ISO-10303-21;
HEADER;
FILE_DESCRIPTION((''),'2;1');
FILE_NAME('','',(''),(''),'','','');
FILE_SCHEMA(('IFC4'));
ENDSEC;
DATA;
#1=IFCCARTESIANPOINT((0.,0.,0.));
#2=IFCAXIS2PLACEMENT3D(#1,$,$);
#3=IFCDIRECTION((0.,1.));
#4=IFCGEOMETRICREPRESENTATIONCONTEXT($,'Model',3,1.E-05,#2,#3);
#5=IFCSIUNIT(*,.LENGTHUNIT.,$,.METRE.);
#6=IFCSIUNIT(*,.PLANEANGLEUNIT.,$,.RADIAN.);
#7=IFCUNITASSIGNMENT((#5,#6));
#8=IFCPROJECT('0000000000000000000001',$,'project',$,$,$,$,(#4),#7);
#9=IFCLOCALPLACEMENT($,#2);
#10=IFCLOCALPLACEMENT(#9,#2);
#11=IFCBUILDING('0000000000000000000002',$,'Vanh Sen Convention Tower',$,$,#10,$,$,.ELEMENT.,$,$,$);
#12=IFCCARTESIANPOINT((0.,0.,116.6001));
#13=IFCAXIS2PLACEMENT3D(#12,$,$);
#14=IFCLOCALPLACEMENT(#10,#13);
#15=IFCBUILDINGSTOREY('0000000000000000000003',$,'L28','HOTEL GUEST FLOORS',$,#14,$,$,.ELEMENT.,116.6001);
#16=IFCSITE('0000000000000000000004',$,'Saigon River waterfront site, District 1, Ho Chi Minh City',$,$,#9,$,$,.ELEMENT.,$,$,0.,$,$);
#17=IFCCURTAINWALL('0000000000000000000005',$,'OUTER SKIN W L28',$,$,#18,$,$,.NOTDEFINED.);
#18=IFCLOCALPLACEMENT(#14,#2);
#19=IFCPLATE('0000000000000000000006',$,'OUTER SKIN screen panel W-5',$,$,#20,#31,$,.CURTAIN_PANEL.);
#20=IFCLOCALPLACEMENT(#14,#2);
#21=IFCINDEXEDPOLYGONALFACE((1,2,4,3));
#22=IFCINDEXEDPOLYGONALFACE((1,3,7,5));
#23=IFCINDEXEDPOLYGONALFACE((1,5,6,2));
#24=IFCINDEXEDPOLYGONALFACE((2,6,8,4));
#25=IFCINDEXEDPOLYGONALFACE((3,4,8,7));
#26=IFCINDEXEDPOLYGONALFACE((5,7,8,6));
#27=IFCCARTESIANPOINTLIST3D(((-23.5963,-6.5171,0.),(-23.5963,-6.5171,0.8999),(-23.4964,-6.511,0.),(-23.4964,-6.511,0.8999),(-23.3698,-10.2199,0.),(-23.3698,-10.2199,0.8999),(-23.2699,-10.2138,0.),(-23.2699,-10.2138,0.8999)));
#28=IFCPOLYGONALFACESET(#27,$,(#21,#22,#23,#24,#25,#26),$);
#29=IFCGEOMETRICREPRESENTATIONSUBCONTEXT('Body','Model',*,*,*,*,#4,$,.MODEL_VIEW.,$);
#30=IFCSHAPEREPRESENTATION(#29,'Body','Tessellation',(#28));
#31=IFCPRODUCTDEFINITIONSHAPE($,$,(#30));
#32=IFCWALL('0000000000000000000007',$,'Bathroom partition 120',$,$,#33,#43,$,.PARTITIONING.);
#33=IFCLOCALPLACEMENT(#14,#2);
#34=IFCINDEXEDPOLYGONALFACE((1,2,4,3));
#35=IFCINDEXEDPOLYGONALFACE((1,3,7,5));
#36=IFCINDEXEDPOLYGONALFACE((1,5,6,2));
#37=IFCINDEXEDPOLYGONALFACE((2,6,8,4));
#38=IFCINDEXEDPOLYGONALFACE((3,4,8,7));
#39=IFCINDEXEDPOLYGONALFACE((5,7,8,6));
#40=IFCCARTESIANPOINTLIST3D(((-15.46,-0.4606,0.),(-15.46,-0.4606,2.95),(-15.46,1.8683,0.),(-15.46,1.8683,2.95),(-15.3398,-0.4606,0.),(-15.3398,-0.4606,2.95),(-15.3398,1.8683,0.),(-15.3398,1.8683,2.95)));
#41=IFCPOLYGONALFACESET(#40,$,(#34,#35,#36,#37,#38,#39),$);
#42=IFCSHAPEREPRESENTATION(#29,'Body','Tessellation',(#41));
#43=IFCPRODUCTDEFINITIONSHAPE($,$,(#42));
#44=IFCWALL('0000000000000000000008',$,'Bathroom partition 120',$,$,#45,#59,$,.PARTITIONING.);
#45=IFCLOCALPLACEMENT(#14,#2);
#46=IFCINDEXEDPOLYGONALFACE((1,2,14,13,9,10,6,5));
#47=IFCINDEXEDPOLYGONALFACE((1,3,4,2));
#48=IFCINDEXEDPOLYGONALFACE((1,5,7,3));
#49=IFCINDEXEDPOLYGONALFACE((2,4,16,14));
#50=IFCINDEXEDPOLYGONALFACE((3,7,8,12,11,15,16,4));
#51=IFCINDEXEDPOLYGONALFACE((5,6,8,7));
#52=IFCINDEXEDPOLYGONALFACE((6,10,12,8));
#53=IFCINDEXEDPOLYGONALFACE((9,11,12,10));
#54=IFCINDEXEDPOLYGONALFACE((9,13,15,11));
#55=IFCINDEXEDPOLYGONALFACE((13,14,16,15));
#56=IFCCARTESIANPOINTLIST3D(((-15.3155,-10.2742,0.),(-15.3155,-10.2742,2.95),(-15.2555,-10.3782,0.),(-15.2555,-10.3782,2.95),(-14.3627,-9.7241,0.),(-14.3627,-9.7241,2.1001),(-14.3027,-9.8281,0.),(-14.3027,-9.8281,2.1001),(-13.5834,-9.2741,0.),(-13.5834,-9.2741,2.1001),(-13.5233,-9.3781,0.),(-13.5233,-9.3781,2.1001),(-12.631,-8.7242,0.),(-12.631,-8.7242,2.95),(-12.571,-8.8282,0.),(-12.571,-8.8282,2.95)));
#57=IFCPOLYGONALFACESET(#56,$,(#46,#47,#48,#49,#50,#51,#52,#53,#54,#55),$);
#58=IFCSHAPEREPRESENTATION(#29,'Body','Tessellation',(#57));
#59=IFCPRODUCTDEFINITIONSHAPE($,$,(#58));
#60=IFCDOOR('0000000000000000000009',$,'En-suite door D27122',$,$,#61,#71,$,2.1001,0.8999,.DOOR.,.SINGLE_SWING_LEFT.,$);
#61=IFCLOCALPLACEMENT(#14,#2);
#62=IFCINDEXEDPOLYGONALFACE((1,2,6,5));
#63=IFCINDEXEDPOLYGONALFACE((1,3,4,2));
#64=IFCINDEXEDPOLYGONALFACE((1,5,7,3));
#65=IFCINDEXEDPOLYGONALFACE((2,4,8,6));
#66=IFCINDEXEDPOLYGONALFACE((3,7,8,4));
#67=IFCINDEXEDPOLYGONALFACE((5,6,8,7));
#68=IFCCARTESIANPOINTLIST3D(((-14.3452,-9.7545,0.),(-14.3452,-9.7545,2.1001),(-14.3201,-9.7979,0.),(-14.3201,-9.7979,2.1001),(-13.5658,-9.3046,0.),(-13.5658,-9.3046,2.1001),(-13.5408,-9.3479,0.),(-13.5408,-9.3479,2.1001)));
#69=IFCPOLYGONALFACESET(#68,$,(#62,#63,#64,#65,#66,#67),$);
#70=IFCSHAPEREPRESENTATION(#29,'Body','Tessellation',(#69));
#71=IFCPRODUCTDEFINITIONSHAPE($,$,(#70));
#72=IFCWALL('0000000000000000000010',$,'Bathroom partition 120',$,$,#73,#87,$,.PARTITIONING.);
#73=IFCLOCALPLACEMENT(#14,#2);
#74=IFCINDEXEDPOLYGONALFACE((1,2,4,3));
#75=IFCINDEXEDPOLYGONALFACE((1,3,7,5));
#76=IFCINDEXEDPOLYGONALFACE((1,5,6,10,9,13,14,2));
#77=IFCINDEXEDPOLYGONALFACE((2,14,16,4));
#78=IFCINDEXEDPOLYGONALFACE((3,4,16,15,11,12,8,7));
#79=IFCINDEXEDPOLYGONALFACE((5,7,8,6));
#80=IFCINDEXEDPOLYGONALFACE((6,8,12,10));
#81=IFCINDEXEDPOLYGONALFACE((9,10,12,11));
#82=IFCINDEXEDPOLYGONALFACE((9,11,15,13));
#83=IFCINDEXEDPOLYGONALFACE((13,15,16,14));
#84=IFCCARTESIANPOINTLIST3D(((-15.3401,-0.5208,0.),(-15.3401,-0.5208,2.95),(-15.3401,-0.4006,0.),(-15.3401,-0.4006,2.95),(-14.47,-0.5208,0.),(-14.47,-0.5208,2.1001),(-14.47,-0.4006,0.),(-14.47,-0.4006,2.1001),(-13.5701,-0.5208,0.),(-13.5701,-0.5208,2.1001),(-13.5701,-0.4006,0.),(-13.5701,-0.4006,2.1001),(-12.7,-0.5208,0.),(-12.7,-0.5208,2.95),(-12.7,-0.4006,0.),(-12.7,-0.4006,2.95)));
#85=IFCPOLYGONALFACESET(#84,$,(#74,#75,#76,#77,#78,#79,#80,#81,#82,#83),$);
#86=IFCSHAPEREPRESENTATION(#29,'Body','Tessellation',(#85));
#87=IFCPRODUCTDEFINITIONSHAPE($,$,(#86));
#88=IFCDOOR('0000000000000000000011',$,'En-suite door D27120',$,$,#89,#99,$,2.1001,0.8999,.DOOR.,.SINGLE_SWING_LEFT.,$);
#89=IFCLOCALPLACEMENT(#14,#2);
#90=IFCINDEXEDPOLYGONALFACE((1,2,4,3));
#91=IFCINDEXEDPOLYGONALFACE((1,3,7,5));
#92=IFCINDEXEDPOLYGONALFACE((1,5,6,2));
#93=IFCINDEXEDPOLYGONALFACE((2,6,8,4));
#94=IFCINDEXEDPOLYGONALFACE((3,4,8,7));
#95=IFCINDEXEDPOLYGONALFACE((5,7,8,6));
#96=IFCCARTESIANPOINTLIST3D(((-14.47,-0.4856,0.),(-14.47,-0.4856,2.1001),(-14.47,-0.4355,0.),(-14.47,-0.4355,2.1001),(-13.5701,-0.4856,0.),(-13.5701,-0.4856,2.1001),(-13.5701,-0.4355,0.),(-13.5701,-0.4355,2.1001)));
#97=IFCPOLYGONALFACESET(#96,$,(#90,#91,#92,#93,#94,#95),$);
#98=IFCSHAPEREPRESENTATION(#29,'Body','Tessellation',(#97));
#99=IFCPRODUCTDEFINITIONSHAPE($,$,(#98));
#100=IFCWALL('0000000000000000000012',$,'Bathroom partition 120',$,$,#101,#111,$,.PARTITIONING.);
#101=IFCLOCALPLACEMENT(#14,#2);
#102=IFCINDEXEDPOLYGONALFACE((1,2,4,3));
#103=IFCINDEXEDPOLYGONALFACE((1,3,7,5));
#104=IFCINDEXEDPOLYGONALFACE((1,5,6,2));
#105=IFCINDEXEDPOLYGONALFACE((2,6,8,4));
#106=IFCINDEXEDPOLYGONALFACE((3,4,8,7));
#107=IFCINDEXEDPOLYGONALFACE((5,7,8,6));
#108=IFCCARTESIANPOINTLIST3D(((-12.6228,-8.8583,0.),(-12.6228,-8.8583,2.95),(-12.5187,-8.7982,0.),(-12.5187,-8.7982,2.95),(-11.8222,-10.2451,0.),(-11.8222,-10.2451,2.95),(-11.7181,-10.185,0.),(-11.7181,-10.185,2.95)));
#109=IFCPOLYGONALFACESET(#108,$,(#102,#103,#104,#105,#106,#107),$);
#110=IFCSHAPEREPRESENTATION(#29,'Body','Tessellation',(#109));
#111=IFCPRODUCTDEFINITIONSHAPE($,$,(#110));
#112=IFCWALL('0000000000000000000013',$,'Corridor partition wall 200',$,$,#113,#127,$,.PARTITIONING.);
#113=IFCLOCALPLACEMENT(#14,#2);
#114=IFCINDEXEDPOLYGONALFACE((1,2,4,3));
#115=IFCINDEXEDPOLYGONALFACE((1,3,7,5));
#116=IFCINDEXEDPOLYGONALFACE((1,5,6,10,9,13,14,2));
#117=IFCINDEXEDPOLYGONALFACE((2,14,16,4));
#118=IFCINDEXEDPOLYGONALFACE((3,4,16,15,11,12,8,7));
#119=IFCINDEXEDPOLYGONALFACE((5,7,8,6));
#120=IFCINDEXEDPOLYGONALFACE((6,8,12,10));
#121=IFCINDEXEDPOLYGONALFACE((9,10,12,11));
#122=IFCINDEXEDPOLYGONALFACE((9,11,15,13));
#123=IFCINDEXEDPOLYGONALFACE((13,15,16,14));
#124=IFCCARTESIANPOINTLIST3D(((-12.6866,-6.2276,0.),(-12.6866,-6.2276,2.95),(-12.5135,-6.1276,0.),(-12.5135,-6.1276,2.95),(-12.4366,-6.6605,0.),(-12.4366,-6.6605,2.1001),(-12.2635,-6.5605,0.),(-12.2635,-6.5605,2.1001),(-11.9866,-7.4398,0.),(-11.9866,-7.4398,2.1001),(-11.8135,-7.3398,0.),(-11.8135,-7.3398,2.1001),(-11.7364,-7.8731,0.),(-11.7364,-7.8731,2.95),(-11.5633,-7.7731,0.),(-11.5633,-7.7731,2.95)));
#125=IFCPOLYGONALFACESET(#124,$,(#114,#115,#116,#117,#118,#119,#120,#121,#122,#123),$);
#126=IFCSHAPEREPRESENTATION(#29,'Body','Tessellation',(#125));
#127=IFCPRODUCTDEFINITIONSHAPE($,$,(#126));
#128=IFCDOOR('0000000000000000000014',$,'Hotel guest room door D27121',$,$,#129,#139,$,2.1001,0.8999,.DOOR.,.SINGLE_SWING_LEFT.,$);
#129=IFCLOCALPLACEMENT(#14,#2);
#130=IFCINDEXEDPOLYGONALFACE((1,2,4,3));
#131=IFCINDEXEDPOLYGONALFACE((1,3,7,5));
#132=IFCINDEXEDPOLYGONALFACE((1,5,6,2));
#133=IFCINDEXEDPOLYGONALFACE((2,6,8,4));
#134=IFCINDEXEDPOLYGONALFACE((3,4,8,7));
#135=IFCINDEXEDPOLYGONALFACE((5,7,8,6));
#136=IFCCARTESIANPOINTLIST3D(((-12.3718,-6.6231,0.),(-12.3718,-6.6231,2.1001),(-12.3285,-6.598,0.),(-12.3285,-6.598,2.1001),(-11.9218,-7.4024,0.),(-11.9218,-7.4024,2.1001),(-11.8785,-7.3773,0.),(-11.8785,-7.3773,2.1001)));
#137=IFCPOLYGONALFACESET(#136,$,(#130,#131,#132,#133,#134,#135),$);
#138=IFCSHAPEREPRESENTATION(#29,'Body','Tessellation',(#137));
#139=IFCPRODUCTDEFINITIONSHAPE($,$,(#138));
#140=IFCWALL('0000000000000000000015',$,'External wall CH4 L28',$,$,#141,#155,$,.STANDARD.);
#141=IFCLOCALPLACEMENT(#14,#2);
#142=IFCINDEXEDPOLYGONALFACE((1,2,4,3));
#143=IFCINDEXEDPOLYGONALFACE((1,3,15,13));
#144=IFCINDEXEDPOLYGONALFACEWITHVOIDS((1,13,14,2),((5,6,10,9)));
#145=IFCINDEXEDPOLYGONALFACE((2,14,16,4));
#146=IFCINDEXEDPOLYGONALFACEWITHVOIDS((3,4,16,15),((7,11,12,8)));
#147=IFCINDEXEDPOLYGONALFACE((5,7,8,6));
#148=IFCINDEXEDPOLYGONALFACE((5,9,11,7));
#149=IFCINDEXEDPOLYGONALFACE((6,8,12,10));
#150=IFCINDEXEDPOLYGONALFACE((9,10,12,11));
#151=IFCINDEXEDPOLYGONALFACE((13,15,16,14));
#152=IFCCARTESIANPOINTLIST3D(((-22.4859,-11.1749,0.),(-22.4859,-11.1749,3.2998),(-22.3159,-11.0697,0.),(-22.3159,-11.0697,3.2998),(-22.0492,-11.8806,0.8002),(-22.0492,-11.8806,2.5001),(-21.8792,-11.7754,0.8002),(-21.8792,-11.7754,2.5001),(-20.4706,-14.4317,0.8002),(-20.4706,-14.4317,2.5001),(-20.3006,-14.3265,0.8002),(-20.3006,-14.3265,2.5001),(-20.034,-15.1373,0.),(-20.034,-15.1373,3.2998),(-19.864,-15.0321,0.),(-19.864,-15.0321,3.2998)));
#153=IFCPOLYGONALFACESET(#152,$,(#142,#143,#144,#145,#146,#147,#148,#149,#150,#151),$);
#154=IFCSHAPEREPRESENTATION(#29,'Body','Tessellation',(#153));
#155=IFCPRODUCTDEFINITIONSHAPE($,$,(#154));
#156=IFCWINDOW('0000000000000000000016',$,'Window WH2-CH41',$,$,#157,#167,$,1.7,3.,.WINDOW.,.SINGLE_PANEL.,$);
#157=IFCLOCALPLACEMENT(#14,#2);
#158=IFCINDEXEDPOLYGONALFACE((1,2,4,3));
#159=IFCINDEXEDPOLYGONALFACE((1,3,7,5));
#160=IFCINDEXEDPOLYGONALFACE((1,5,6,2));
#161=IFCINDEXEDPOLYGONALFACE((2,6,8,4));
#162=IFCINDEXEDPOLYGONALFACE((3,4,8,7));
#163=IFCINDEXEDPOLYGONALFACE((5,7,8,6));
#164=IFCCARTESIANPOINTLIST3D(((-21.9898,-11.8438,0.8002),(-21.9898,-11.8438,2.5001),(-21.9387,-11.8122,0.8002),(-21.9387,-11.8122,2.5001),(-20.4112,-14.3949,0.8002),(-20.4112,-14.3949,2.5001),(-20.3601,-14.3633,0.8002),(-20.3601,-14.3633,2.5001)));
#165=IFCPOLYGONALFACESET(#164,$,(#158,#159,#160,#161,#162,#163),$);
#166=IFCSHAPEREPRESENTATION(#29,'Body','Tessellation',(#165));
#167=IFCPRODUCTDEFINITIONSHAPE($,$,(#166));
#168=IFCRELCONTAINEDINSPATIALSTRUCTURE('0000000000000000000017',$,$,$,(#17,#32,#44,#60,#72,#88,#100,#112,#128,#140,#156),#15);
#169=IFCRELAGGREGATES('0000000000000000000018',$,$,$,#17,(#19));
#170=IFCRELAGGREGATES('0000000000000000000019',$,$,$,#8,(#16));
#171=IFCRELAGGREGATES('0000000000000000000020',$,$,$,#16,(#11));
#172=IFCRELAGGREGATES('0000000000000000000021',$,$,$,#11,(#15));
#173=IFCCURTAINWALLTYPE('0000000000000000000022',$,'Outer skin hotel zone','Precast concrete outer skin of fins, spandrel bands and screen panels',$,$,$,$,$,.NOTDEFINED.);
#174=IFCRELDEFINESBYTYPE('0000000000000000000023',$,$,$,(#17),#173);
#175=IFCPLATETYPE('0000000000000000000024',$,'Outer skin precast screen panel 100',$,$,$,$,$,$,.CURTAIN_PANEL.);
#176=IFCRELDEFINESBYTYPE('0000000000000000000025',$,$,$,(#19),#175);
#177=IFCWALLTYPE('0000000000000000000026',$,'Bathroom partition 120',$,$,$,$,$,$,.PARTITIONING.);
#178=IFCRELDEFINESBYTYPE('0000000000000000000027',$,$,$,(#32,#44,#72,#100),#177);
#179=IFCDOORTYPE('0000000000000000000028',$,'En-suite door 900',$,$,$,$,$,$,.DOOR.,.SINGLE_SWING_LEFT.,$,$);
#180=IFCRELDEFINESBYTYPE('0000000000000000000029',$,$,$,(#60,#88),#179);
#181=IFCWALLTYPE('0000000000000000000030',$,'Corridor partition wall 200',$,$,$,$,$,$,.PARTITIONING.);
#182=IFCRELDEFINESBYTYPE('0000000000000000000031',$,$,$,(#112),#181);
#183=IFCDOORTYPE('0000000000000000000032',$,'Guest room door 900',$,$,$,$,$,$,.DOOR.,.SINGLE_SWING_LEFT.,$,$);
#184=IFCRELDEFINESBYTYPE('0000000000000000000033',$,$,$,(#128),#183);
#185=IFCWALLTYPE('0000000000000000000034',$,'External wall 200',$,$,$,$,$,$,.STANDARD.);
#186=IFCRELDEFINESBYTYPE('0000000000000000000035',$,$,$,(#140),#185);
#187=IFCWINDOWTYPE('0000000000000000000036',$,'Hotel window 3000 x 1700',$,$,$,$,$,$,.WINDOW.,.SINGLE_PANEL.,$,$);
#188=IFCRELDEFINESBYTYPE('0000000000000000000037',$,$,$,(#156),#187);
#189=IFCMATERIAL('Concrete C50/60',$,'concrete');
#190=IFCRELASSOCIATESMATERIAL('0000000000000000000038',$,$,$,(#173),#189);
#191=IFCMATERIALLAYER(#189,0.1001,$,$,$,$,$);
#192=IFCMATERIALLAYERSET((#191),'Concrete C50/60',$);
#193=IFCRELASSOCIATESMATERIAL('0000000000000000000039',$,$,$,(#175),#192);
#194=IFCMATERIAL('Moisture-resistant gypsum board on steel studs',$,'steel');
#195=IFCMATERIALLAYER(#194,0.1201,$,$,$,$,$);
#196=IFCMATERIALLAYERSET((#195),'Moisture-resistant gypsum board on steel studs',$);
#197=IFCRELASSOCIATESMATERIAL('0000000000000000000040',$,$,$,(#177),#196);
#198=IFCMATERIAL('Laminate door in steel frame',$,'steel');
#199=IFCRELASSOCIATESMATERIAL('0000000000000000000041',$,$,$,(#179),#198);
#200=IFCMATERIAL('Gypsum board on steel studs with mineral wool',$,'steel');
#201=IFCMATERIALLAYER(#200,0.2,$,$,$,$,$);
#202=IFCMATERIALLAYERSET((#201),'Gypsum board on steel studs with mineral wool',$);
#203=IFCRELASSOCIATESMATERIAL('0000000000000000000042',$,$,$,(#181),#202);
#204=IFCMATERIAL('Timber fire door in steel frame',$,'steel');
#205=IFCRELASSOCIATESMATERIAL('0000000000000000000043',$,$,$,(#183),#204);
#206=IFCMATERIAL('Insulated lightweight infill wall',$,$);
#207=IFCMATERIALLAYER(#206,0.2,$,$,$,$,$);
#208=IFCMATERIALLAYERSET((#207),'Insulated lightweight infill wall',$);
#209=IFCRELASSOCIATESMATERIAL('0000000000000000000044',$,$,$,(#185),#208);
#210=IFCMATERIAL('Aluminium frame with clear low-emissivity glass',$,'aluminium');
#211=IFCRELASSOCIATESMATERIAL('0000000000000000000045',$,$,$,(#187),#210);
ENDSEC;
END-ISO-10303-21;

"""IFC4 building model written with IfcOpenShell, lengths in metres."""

from ifc_helpers import new_model, si_unit, direction, frame, frame_2d, origin, origin_2d, place, context, subcontext, project, spatial, rectangle, extrude, material, layer, layer_set, type_object, element, fill, aggregate, save


model = new_model("IFC4")

# Units and contexts
model_context = context("Model", 3, precision=1e-05, world=origin(), true_north=direction((0.0, 1.0)))
body_context = subcontext(model_context, "Body", "Model", "MODEL_VIEW")
ifc_project = project(units=[si_unit("LENGTHUNIT", "METRE"), si_unit("PLANEANGLEUNIT", "RADIAN")], contexts=[model_context])

# Site, building, storey
site_placement = place(None, origin())
site = spatial("IfcSite", under=ifc_project, at=site_placement, Name="Saigon River waterfront site, District 1, Ho Chi Minh City", CompositionType="ELEMENT", RefElevation=0.0)
building_placement = place(site_placement, origin())
building = spatial("IfcBuilding", under=site, at=building_placement, Name="Vanh Sen Convention Tower", CompositionType="ELEMENT")
storey_placement = place(building_placement, frame((0.0, 0.0, 116.6001)))
storey = spatial("IfcBuildingStorey", under=building, at=storey_placement, Name="L28", Description="HOTEL GUEST FLOORS", CompositionType="ELEMENT", Elevation=116.6001)

# Curtain wall
ifc_material_1 = material(Name="Concrete C50/60", Category="concrete")
curtain_wall_type = type_object("IfcCurtainWallType", Name="Outer skin hotel zone", Description="Precast concrete outer skin of fins, spandrel bands and screen panels", PredefinedType="NOTDEFINED", material=ifc_material_1)
curtain_wall_1_placement = place(storey_placement, origin())
curtain_wall_1 = element("IfcCurtainWall", 1, at=curtain_wall_1_placement, inside=storey, type_object=curtain_wall_type, Name="OUTER SKIN W L28", PredefinedType="NOTDEFINED")

# Plate
ifc_layer_1 = layer(ifc_material_1, 0.1001)
ifc_layer_set_1 = layer_set([ifc_layer_1], Name="Concrete C50/60")
plate_type = type_object("IfcPlateType", Name="Outer skin precast screen panel 100", PredefinedType="CURTAIN_PANEL", material=ifc_layer_set_1)
plate_1_placement = place(storey_placement, frame((-23.4331, -8.3655, 0.0), z_axis=(0.0, 0.0, 1.0), x_axis=(0.061047, -0.998135, 0.0)))
plate_1 = element("IfcPlate", 2, at=plate_1_placement, type_object=plate_type, Name="OUTER SKIN screen panel W-5", PredefinedType="CURTAIN_PANEL", context=body_context, shape_type="SweptSolid", body=[
    extrude(rectangle(XDim=3.7097, YDim=0.1001, at=origin_2d()), origin(), (0.0, 0.0, 1.0), 0.8999),
])
aggregate(curtain_wall_1, [plate_1])

# Wall
ifc_material_2 = material(Name="Moisture-resistant gypsum board on steel studs", Category="steel")
ifc_layer_2 = layer(ifc_material_2, 0.1201)
ifc_layer_set_2 = layer_set([ifc_layer_2], Name="Moisture-resistant gypsum board on steel studs")
wall_type_1 = type_object("IfcWallType", Name="Bathroom partition 120", PredefinedType="PARTITIONING", material=ifc_layer_set_2)
wall_1_placement = place(storey_placement, frame((-15.3999, -0.4607, 0.0), z_axis=(0.0, 0.0, 1.0), x_axis=(0.0, 1.0, 0.0)))
element("IfcWall", 3, at=wall_1_placement, inside=storey, type_object=wall_type_1, Name="Bathroom partition 120", PredefinedType="PARTITIONING", context=body_context, shape_type="SweptSolid", body=[
    extrude(rectangle(XDim=2.3289, YDim=0.1201, at=frame_2d((1.1646, 0.0))), origin(), (0.0, 0.0, 1.0), 2.95),
])

# Walls, openings, doors
wall_2_placement = place(storey_placement, frame((-15.2854, -10.3262, 0.0), z_axis=(0.0, 0.0, 1.0), x_axis=(0.86601, 0.500027, 0.0)))
wall_2 = element("IfcWall", 4, at=wall_2_placement, inside=storey, type_object=wall_type_1, Name="Bathroom partition 120", PredefinedType="PARTITIONING", context=body_context, shape_type="SweptSolid", body=[
    extrude(rectangle(XDim=3.0999, YDim=0.1201, at=frame_2d((1.5498, 0.0))), origin(), (0.0, 0.0, 1.0), 2.95),
])
opening_1_placement = place(wall_2_placement, frame((1.1001, 0.0, 0.0)))
opening_1 = element("IfcOpeningElement", 5, at=opening_1_placement, cuts=wall_2, PredefinedType="OPENING", context=body_context, shape_type="SweptSolid", body=[
    extrude(rectangle(XDim=0.8999, YDim=2.1001, at=frame_2d((0.45, 1.05))), frame((0.0, 0.0701, 0.0), z_axis=(0.0, -1.0, 0.0), x_axis=(1.0, 0.0, 0.0)), (0.0, 0.0, 1.0), 0.1401),
])
ifc_material_3 = material(Name="Laminate door in steel frame", Category="steel")
door_type_1 = type_object("IfcDoorType", Name="En-suite door 900", OperationType="SINGLE_SWING_LEFT", PredefinedType="DOOR", material=ifc_material_3)
door_1_placement = place(opening_1_placement, origin())
door_1 = element("IfcDoor", 6, at=door_1_placement, inside=storey, type_object=door_type_1, Name="En-suite door D27122", OperationType="SINGLE_SWING_LEFT", OverallHeight=2.1001, OverallWidth=0.8999, PredefinedType="DOOR", context=body_context, shape_type="SweptSolid", body=[
    extrude(rectangle(XDim=0.8999, YDim=2.1001, at=frame_2d((0.45, 1.05))), frame((0.0, 0.0249, 0.0), z_axis=(0.0, -1.0, 0.0), x_axis=(1.0, 0.0, 0.0)), (0.0, 0.0, 1.0), 0.05),
])
fill(opening_1, door_1)
wall_3_placement = place(storey_placement, frame((-12.7, -0.4607, 0.0), z_axis=(0.0, 0.0, 1.0), x_axis=(-1.0, 0.0, 0.0)))
wall_3 = element("IfcWall", 7, at=wall_3_placement, inside=storey, type_object=wall_type_1, Name="Bathroom partition 120", PredefinedType="PARTITIONING", context=body_context, shape_type="SweptSolid", body=[
    extrude(rectangle(XDim=2.6401, YDim=0.1201, at=frame_2d((1.3201, 0.0))), origin(), (0.0, 0.0, 1.0), 2.95),
])
opening_2_placement = place(wall_3_placement, frame((0.8701, 0.0, 0.0)))
opening_2 = element("IfcOpeningElement", 8, at=opening_2_placement, cuts=wall_3, PredefinedType="OPENING", context=body_context, shape_type="SweptSolid", body=[
    extrude(rectangle(XDim=0.8999, YDim=2.1001, at=frame_2d((0.45, 1.05))), frame((0.0, 0.0701, 0.0), z_axis=(0.0, -1.0, 0.0), x_axis=(1.0, 0.0, 0.0)), (0.0, 0.0, 1.0), 0.1401),
])
door_2_placement = place(opening_2_placement, origin())
door_2 = element("IfcDoor", 9, at=door_2_placement, inside=storey, type_object=door_type_1, Name="En-suite door D27120", OperationType="SINGLE_SWING_LEFT", OverallHeight=2.1001, OverallWidth=0.8999, PredefinedType="DOOR", context=body_context, shape_type="SweptSolid", body=[
    extrude(rectangle(XDim=0.8999, YDim=2.1001, at=frame_2d((0.45, 1.05))), frame((0.0, 0.0249, 0.0), z_axis=(0.0, -1.0, 0.0), x_axis=(1.0, 0.0, 0.0)), (0.0, 0.0, 1.0), 0.05),
])
fill(opening_2, door_2)

# Wall
wall_4_placement = place(storey_placement, frame((-12.5708, -8.8281, 0.0), z_axis=(0.0, 0.0, 1.0), x_axis=(0.49996, -0.866048, 0.0)))
element("IfcWall", 10, at=wall_4_placement, inside=storey, type_object=wall_type_1, Name="Bathroom partition 120", PredefinedType="PARTITIONING", context=body_context, shape_type="SweptSolid", body=[
    extrude(rectangle(XDim=1.6013, YDim=0.1201, at=frame_2d((0.8008, 0.0))), origin(), (0.0, 0.0, 1.0), 2.95),
])

# Wall, opening, door
ifc_material_4 = material(Name="Gypsum board on steel studs with mineral wool", Category="steel")
ifc_layer_3 = layer(ifc_material_4, 0.2)
ifc_layer_set_3 = layer_set([ifc_layer_3], Name="Gypsum board on steel studs with mineral wool")
wall_type_2 = type_object("IfcWallType", Name="Corridor partition wall 200", PredefinedType="PARTITIONING", material=ifc_layer_set_3)
wall_5_placement = place(storey_placement, frame((-12.6001, -6.1775, 0.0), z_axis=(0.0, 0.0, 1.0), x_axis=(0.500064, -0.865989, 0.0)))
wall_5 = element("IfcWall", 11, at=wall_5_placement, inside=storey, type_object=wall_type_2, Name="Corridor partition wall 200", PredefinedType="PARTITIONING", context=body_context, shape_type="SweptSolid", body=[
    extrude(rectangle(XDim=1.9001, YDim=0.2, at=frame_2d((0.9502, 0.0))), origin(), (0.0, 0.0, 1.0), 2.95),
])
opening_3_placement = place(wall_5_placement, frame((0.5, 0.0, 0.0)))
opening_3 = element("IfcOpeningElement", 12, at=opening_3_placement, cuts=wall_5, PredefinedType="OPENING", context=body_context, shape_type="SweptSolid", body=[
    extrude(rectangle(XDim=0.8999, YDim=2.1001, at=frame_2d((0.45, 1.05))), frame((0.0, 0.1099, 0.0), z_axis=(0.0, -1.0, 0.0), x_axis=(1.0, 0.0, 0.0)), (0.0, 0.0, 1.0), 0.22),
])
ifc_material_5 = material(Name="Timber fire door in steel frame", Category="steel")
door_type_2 = type_object("IfcDoorType", Name="Guest room door 900", OperationType="SINGLE_SWING_LEFT", PredefinedType="DOOR", material=ifc_material_5)
door_3_placement = place(opening_3_placement, origin())
door_3 = element("IfcDoor", 13, at=door_3_placement, inside=storey, type_object=door_type_2, Name="Hotel guest room door D27121", OperationType="SINGLE_SWING_LEFT", OverallHeight=2.1001, OverallWidth=0.8999, PredefinedType="DOOR", context=body_context, shape_type="SweptSolid", body=[
    extrude(rectangle(XDim=0.8999, YDim=2.1001, at=frame_2d((0.45, 1.05))), frame((0.0, 0.0249, 0.0), z_axis=(0.0, -1.0, 0.0), x_axis=(1.0, 0.0, 0.0)), (0.0, 0.0, 1.0), 0.05),
])
fill(opening_3, door_3)

# Wall, opening, window
ifc_material_6 = material(Name="Insulated lightweight infill wall")
ifc_layer_4 = layer(ifc_material_6, 0.2)
ifc_layer_set_4 = layer_set([ifc_layer_4], Name="Insulated lightweight infill wall")
wall_type_3 = type_object("IfcWallType", Name="External wall 200", PredefinedType="STANDARD", material=ifc_layer_set_4)
wall_6_placement = place(storey_placement, frame((-22.4009, -11.1223, 0.0), z_axis=(0.0, 0.0, 1.0), x_axis=(0.526198, -0.850362, 0.0)))
wall_6 = element("IfcWall", 14, at=wall_6_placement, inside=storey, type_object=wall_type_3, Name="External wall CH4 L28", PredefinedType="STANDARD", context=body_context, shape_type="SweptSolid", body=[
    extrude(rectangle(XDim=4.6597, YDim=0.2, at=frame_2d((2.3298, 0.0))), origin(), (0.0, 0.0, 1.0), 3.2998),
])
opening_4_placement = place(wall_6_placement, frame((0.8298, 0.0, 0.8)))
opening_4 = element("IfcOpeningElement", 15, at=opening_4_placement, cuts=wall_6, PredefinedType="OPENING", context=body_context, shape_type="SweptSolid", body=[
    extrude(rectangle(XDim=3.0, YDim=1.7, at=frame_2d((1.5, 0.8501))), frame((0.0, 0.1099, 0.0), z_axis=(0.0, -1.0, 0.0), x_axis=(1.0, 0.0, 0.0)), (0.0, 0.0, 1.0), 0.22),
])
ifc_material_7 = material(Name="Aluminium frame with clear low-emissivity glass", Category="aluminium")
window_type = type_object("IfcWindowType", Name="Hotel window 3000 x 1700", PartitioningType="SINGLE_PANEL", PredefinedType="WINDOW", material=ifc_material_7)
window_placement = place(opening_4_placement, origin())
window = element("IfcWindow", 16, at=window_placement, inside=storey, type_object=window_type, Name="Window WH2-CH41", OverallHeight=1.7, OverallWidth=3.0, PartitioningType="SINGLE_PANEL", PredefinedType="WINDOW", context=body_context, shape_type="SweptSolid", body=[
    extrude(rectangle(XDim=3.0, YDim=1.7, at=frame_2d((1.5, 0.8501))), frame((0.0, 0.03, 0.0), z_axis=(0.0, -1.0, 0.0), x_axis=(1.0, 0.0, 0.0)), (0.0, 0.0, 1.0), 0.0601),
])
fill(opening_4, window)

save(model, "model.ifc")
